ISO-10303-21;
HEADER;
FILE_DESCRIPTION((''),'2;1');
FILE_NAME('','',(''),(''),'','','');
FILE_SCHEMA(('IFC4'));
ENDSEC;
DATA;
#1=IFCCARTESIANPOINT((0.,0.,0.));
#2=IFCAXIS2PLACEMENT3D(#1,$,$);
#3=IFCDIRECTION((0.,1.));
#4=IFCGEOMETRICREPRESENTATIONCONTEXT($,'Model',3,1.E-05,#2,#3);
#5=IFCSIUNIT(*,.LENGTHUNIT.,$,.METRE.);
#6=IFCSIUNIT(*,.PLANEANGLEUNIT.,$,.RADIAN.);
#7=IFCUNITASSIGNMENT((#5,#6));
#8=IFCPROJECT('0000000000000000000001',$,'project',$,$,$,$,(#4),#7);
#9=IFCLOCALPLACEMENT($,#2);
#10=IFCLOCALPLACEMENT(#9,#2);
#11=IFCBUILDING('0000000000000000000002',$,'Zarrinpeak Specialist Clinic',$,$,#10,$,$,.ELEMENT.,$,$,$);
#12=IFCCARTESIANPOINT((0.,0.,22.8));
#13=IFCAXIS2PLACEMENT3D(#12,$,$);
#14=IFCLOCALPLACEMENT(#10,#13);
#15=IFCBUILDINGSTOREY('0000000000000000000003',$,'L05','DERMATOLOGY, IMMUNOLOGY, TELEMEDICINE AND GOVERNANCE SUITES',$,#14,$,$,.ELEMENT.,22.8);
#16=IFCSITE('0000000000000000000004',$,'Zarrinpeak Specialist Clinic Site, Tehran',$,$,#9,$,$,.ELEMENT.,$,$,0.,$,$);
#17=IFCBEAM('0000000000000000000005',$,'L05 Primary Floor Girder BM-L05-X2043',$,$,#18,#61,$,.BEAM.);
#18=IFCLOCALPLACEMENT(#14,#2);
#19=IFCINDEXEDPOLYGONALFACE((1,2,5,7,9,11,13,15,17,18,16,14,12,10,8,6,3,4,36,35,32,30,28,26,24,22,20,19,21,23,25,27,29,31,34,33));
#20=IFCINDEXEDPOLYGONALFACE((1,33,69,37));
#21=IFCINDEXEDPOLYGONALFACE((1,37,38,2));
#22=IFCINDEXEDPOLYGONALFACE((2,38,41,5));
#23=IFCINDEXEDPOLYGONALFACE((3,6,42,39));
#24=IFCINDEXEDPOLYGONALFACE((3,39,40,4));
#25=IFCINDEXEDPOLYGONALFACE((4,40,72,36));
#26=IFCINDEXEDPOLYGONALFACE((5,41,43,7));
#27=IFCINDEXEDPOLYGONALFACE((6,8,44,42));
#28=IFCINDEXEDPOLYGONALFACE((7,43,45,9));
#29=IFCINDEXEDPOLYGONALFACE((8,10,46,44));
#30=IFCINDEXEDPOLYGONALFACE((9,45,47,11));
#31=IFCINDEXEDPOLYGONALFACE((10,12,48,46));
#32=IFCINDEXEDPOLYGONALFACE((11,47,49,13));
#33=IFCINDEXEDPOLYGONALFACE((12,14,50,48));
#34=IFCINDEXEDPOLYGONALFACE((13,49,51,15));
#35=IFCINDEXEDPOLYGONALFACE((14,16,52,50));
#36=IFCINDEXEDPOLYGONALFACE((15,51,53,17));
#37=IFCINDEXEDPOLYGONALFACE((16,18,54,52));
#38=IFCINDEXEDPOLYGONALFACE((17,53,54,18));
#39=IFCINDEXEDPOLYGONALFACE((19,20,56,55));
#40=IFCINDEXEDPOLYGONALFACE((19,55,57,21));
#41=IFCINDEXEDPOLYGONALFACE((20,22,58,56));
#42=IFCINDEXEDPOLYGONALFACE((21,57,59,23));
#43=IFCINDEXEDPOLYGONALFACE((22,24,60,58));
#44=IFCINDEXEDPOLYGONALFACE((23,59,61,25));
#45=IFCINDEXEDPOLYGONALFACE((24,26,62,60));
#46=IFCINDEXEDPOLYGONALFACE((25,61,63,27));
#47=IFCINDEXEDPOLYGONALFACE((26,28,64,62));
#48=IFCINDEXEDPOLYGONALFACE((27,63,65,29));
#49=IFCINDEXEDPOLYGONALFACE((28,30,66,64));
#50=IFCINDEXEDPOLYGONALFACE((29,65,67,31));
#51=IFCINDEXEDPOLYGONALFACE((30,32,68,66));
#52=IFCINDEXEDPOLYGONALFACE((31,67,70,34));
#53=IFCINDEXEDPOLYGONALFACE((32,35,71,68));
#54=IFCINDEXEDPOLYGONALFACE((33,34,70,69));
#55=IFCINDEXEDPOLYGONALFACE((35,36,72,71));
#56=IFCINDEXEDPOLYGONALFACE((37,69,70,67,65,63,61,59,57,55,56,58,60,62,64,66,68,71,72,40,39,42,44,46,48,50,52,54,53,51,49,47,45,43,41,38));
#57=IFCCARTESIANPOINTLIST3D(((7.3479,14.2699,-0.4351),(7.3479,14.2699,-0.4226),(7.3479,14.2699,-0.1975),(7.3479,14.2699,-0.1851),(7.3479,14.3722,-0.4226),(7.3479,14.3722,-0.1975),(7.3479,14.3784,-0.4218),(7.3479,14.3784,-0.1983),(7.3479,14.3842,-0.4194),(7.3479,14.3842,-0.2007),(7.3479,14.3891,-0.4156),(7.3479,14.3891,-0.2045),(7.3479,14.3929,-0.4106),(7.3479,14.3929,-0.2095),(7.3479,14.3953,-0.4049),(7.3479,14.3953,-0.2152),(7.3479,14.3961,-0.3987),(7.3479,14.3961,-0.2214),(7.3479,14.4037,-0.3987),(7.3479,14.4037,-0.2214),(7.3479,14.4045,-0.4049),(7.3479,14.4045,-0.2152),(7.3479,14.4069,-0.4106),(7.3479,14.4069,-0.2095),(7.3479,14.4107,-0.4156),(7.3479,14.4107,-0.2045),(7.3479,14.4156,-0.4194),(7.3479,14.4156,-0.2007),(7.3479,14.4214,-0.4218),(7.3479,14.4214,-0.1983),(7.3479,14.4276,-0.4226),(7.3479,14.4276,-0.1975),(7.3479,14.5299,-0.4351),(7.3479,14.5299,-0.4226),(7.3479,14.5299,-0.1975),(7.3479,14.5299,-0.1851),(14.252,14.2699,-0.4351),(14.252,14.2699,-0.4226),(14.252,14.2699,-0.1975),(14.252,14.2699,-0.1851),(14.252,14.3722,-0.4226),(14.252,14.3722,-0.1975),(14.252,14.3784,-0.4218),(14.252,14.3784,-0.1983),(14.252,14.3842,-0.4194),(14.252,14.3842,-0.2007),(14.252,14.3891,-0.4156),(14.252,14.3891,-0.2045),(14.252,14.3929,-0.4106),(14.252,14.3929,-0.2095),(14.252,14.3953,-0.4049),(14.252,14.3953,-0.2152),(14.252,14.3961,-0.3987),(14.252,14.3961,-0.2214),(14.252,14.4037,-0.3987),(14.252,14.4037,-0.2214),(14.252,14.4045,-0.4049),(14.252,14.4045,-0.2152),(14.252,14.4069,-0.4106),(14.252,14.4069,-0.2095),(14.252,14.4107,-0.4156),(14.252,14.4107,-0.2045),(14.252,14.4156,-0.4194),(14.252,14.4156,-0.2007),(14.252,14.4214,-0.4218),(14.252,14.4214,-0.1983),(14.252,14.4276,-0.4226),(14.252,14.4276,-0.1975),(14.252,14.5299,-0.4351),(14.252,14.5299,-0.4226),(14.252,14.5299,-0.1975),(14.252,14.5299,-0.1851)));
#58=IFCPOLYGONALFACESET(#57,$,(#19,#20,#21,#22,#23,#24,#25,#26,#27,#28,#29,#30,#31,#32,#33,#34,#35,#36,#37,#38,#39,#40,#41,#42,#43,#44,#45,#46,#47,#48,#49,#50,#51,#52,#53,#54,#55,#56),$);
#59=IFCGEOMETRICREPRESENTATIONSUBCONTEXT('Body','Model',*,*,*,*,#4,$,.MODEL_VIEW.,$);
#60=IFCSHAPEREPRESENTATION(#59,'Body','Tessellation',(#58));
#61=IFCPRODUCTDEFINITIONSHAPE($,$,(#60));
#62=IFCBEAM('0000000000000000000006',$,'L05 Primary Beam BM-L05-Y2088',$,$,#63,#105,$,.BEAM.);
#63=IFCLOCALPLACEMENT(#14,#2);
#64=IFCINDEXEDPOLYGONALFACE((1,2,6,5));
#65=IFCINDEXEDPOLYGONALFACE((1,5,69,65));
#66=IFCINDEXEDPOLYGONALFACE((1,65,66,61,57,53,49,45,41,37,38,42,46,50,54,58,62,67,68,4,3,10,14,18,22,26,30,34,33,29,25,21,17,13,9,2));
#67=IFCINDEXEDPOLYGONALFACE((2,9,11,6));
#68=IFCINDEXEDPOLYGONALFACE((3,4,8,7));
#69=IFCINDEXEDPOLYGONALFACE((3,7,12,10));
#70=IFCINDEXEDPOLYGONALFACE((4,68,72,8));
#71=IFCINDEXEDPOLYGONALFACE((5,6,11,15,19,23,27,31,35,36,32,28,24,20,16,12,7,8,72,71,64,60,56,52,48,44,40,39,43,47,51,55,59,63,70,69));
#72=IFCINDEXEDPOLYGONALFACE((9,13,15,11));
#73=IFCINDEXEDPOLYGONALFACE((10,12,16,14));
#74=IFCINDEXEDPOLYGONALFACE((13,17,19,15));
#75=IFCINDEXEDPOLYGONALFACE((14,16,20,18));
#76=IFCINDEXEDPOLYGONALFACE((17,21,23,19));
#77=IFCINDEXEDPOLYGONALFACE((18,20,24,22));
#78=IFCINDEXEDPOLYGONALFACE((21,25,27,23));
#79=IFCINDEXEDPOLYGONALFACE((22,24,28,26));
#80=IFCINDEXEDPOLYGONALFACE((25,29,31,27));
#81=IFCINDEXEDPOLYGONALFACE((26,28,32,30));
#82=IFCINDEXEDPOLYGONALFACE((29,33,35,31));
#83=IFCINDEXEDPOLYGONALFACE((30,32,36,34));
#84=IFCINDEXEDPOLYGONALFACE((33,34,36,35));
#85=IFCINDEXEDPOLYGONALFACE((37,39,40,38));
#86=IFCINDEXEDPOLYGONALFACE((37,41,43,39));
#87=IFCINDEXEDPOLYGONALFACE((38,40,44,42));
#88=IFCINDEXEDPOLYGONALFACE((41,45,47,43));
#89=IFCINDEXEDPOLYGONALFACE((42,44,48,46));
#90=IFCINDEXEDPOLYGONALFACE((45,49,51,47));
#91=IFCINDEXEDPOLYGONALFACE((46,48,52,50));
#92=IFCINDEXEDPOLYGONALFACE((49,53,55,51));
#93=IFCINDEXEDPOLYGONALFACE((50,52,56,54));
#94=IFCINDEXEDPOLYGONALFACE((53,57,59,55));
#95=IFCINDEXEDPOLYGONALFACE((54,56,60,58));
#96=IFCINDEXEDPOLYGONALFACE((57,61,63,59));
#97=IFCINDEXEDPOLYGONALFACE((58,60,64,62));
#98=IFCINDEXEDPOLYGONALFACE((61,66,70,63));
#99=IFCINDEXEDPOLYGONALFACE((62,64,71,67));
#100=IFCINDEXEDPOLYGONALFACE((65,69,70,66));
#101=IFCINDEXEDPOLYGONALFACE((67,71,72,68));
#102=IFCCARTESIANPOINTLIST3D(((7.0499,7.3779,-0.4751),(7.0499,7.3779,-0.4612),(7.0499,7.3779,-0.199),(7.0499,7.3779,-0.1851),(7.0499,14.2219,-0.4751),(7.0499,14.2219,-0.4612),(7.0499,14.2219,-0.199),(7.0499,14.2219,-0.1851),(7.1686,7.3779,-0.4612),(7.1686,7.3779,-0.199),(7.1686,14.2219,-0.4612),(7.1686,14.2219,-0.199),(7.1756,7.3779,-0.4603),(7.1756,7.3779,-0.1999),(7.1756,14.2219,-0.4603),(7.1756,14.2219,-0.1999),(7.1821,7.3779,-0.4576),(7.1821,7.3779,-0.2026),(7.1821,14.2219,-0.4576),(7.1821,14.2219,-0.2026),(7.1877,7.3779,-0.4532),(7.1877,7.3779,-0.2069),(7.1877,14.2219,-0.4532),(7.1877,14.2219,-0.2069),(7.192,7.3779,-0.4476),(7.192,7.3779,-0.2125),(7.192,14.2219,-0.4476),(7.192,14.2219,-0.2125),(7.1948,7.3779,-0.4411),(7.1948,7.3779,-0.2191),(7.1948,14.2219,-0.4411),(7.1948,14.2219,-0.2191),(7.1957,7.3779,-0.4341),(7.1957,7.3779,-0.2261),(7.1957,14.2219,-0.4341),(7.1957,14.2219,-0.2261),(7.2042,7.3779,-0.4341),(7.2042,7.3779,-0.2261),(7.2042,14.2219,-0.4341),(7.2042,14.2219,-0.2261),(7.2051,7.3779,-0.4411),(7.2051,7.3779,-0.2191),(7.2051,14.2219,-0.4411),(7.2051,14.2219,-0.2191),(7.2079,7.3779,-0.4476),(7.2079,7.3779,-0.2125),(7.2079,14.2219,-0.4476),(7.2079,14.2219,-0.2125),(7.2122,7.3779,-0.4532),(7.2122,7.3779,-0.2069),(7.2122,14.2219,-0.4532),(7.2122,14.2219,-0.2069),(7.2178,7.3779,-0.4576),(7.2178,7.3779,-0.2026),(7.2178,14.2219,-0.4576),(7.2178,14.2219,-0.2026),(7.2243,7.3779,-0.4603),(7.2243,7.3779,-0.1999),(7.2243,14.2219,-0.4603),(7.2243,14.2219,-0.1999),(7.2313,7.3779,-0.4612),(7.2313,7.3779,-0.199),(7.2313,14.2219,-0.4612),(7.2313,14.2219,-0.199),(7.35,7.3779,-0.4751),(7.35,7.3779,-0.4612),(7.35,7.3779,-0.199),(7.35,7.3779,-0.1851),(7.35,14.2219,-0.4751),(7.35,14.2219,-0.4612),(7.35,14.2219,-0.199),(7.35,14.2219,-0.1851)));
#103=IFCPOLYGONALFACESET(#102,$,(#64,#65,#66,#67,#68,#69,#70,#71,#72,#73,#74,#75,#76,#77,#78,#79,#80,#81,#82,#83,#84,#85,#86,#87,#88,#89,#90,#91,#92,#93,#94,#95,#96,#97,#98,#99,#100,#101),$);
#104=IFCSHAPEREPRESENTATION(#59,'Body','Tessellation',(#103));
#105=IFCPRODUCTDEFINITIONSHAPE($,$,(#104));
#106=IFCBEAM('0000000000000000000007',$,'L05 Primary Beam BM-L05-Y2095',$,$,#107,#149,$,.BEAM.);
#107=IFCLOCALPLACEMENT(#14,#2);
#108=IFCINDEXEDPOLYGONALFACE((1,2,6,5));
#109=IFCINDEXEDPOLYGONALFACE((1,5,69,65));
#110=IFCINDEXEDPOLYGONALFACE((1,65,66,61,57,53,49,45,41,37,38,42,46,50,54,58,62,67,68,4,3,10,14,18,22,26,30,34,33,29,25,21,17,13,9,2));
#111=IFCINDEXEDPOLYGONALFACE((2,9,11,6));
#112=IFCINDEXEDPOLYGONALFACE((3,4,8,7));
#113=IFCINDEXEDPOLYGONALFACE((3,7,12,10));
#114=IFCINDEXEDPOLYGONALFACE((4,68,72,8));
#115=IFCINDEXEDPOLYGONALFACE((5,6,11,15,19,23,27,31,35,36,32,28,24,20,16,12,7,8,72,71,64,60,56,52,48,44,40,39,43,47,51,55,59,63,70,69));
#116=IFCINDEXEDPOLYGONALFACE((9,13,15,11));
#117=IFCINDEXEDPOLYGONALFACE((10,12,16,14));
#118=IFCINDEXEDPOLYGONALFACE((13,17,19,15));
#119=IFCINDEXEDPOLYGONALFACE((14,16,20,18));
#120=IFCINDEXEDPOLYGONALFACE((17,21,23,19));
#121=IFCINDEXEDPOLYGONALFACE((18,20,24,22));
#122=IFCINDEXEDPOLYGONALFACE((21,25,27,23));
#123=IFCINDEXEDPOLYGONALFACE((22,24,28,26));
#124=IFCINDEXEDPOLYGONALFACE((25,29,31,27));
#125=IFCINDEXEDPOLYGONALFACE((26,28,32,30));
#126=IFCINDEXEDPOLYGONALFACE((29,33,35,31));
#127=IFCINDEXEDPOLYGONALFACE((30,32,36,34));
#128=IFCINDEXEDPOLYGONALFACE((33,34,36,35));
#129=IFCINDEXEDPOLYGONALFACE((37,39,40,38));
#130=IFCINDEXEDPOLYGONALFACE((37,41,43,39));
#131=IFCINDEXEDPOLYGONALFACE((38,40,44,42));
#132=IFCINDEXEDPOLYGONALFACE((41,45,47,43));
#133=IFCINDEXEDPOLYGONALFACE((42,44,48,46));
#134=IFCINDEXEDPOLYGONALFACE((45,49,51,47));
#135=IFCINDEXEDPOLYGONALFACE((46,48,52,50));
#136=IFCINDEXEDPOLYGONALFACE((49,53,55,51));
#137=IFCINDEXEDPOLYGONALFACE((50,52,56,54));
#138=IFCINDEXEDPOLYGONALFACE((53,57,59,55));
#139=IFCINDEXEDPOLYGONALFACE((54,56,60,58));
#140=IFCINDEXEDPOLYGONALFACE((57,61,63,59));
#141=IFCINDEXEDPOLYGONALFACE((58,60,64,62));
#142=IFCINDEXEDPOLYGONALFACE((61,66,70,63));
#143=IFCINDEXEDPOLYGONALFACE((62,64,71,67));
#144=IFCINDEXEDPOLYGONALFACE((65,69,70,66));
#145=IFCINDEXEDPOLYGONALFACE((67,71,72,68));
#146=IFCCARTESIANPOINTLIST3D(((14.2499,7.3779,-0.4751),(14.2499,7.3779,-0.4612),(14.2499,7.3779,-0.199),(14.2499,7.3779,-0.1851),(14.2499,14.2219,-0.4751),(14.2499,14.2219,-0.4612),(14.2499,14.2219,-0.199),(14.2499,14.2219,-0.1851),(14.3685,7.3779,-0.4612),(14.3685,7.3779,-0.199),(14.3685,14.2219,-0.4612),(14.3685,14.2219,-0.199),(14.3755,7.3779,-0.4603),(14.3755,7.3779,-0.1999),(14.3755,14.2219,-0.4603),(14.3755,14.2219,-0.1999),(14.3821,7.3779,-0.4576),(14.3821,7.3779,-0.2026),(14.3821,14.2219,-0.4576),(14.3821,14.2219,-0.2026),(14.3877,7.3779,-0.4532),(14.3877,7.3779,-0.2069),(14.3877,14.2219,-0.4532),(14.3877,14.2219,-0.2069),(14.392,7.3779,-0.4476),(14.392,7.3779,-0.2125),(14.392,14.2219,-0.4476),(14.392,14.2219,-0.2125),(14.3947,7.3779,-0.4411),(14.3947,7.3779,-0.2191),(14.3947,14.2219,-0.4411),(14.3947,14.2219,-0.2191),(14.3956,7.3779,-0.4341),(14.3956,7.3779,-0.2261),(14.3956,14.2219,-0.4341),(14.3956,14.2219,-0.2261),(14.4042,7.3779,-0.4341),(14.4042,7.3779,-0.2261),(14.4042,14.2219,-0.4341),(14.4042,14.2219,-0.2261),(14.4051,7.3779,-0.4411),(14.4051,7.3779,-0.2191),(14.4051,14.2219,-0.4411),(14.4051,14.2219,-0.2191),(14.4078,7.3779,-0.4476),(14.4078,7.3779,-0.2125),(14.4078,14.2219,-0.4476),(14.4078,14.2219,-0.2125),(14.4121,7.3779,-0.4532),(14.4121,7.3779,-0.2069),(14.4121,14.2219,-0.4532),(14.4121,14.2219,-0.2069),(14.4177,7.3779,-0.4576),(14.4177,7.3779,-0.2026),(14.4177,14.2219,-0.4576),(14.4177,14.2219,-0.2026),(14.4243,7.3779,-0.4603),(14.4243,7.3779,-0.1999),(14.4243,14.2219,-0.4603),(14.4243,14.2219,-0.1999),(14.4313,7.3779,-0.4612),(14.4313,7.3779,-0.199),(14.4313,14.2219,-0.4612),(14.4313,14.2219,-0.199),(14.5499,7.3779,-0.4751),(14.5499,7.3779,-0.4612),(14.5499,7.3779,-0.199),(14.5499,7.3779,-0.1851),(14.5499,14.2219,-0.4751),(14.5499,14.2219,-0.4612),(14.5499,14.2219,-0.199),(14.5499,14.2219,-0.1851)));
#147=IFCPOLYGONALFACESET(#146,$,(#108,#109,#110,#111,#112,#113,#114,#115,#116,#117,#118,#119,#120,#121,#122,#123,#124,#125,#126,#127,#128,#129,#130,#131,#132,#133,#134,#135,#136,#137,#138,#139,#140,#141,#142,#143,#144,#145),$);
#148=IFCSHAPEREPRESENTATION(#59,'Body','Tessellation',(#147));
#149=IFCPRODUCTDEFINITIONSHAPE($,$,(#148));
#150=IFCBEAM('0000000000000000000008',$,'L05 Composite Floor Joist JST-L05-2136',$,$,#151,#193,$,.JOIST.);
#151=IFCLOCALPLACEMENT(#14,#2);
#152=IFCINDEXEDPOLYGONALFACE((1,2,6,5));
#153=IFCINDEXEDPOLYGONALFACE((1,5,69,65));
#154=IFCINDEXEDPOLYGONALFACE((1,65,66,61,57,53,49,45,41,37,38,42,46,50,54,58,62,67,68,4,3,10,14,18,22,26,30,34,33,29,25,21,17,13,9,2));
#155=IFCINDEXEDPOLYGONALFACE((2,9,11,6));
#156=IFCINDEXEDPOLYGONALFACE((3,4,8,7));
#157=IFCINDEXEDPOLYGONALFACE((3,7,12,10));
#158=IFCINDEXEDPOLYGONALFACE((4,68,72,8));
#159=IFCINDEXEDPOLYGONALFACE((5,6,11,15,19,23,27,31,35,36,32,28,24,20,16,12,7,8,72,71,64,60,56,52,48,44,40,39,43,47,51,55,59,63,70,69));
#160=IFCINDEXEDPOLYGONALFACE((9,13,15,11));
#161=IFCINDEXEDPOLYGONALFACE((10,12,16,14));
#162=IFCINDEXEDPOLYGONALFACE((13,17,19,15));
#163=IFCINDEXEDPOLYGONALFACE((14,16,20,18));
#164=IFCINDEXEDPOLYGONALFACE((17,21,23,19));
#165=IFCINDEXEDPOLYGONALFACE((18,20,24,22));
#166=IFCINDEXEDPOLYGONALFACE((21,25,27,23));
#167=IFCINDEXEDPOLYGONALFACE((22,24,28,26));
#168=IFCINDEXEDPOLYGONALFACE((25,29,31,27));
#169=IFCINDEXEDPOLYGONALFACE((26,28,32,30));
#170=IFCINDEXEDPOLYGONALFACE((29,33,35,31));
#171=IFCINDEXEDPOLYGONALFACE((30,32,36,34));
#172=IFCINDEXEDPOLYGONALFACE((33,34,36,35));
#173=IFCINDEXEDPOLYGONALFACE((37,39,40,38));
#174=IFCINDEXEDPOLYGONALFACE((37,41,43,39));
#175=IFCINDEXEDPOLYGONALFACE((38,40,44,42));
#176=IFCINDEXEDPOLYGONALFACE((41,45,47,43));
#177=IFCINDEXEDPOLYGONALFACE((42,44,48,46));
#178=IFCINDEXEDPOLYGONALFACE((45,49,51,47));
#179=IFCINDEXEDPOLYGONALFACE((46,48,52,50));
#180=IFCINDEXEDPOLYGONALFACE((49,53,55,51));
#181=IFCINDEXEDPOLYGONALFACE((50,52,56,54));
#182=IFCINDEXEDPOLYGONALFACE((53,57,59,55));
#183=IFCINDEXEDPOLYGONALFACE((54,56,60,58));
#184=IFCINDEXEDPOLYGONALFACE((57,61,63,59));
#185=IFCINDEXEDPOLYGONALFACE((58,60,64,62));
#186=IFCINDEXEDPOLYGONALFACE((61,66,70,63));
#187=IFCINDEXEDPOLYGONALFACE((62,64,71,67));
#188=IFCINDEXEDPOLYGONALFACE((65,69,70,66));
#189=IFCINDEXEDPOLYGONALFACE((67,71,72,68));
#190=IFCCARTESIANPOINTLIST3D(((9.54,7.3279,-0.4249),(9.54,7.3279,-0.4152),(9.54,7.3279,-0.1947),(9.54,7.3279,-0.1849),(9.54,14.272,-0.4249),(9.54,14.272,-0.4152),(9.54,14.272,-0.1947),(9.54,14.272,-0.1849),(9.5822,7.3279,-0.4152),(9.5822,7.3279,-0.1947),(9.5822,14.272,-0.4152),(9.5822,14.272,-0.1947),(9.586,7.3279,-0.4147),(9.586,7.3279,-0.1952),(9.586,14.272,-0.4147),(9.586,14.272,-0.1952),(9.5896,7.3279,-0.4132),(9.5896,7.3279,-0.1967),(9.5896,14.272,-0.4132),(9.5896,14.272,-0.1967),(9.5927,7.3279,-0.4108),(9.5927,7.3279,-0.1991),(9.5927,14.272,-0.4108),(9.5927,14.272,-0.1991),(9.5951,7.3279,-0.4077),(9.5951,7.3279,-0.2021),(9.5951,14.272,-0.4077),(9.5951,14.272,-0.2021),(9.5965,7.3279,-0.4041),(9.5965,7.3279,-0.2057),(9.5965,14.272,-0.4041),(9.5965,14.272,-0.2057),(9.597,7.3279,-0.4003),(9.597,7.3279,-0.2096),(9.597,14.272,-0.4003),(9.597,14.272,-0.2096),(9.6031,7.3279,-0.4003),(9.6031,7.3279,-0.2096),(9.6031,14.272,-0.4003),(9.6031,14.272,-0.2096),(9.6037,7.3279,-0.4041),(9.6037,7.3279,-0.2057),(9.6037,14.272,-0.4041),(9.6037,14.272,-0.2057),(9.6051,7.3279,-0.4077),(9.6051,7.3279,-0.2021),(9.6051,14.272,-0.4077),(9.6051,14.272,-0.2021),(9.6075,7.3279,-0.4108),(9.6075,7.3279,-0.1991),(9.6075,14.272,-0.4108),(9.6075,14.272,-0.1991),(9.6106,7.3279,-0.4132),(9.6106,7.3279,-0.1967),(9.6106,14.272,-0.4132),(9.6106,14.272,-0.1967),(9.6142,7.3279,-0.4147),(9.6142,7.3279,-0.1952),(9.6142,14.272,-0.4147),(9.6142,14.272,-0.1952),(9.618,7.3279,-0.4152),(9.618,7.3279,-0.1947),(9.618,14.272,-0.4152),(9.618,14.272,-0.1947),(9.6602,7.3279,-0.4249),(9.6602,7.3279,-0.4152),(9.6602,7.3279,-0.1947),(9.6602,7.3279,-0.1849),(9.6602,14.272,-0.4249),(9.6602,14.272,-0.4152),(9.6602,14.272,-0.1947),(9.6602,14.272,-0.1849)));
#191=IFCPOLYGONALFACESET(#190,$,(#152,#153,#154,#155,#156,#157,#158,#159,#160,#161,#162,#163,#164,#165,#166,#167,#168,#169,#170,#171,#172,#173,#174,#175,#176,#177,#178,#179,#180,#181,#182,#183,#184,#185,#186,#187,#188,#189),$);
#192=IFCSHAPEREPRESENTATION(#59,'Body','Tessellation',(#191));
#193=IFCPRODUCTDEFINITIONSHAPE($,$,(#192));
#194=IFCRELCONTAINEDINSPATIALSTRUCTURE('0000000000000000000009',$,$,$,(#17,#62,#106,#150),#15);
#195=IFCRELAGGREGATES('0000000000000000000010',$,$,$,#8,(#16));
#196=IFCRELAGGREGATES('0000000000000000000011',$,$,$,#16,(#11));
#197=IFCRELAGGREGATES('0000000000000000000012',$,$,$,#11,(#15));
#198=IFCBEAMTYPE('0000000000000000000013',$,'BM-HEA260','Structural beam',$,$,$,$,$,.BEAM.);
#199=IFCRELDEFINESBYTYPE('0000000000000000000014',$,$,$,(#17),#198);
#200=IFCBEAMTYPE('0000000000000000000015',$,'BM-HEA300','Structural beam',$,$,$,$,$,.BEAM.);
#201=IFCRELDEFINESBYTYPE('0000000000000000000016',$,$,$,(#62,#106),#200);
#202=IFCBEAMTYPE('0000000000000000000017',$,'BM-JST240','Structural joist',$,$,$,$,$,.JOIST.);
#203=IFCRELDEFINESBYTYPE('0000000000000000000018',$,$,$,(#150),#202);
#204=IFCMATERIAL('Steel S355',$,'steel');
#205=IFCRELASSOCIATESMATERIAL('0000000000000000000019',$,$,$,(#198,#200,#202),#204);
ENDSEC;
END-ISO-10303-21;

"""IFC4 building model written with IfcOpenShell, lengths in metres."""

from ifc_helpers import new_model, si_unit, direction, frame, origin, origin_2d, place, context, subcontext, project, spatial, i_section, extrude, material, material_profile, profile_set, type_object, element, save


model = new_model("IFC4")

# Units and contexts
model_context = context("Model", 3, precision=1e-05, world=origin(), true_north=direction((0.0, 1.0)))
body_context = subcontext(model_context, "Body", "Model", "MODEL_VIEW")
ifc_project = project(units=[si_unit("LENGTHUNIT", "METRE"), si_unit("PLANEANGLEUNIT", "RADIAN")], contexts=[model_context])

# Site, building, storey
site_placement = place(None, origin())
site = spatial("IfcSite", under=ifc_project, at=site_placement, Name="Zarrinpeak Specialist Clinic Site, Tehran", CompositionType="ELEMENT", RefElevation=0.0)
building_placement = place(site_placement, origin())
building = spatial("IfcBuilding", under=site, at=building_placement, Name="Zarrinpeak Specialist Clinic", CompositionType="ELEMENT")
storey_placement = place(building_placement, frame((0.0, 0.0, 22.8)))
storey = spatial("IfcBuildingStorey", under=building, at=storey_placement, Name="L05", Description="DERMATOLOGY, IMMUNOLOGY, TELEMEDICINE AND GOVERNANCE SUITES", CompositionType="ELEMENT", Elevation=22.8)

# Shared definitions
ifc_material_1 = material(Name="Steel S355", Category="steel")

# Beams
ifc_material_profile_1 = material_profile(ifc_material_1, i_section(OverallWidth=0.26, OverallDepth=0.25, WebThickness=0.0076, FlangeThickness=0.0125, FilletRadius=0.0239, at=origin_2d()), Name="HEA 260")
ifc_profile_set_1 = profile_set([ifc_material_profile_1], Name="Steel S355")
beam_type_1 = type_object("IfcBeamType", Name="BM-HEA260", Description="Structural beam", PredefinedType="BEAM", material=ifc_profile_set_1)
for number, where, z_axis, x_axis, name in (
    (1, (7.3479, 14.3999, -0.3101), (1.0, 0.0, 0.0), (0.0, 1.0, 0.0), "L05 Primary Floor Girder BM-L05-X2043"),
):
    element("IfcBeam", number, at=place(storey_placement, frame(where, z_axis=z_axis, x_axis=x_axis)), inside=storey, type_object=beam_type_1, Name=name, PredefinedType="BEAM", context=body_context, shape_type="SweptSolid", body=[
        extrude(i_section(OverallWidth=0.26, OverallDepth=0.25, WebThickness=0.0076, FlangeThickness=0.0125, FilletRadius=0.0239, at=origin_2d()), origin(), (0.0, 0.0, 1.0), 6.9041),
    ])
ifc_material_profile_2 = material_profile(ifc_material_1, i_section(OverallWidth=0.3, OverallDepth=0.29, WebThickness=0.0085, FlangeThickness=0.0139, FilletRadius=0.0271, at=origin_2d()), Name="HEA 300")
ifc_profile_set_2 = profile_set([ifc_material_profile_2], Name="Steel S355")
beam_type_2 = type_object("IfcBeamType", Name="BM-HEA300", Description="Structural beam", PredefinedType="BEAM", material=ifc_profile_set_2)
for number, where, z_axis, x_axis, name in (
    (2, (7.2, 7.3779, -0.3301), (0.0, 1.0, 0.0), (-1.0, 0.0, 0.0), "L05 Primary Beam BM-L05-Y2088"),
    (3, (14.3999, 7.3779, -0.3301), (0.0, 1.0, 0.0), (-1.0, 0.0, 0.0), "L05 Primary Beam BM-L05-Y2095"),
):
    element("IfcBeam", number, at=place(storey_placement, frame(where, z_axis=z_axis, x_axis=x_axis)), inside=storey, type_object=beam_type_2, Name=name, PredefinedType="BEAM", context=body_context, shape_type="SweptSolid", body=[
        extrude(i_section(OverallWidth=0.3, OverallDepth=0.29, WebThickness=0.0085, FlangeThickness=0.0139, FilletRadius=0.0271, at=origin_2d()), origin(), (0.0, 0.0, 1.0), 6.844),
    ])
ifc_material_profile_3 = material_profile(ifc_material_1, i_section(OverallWidth=0.1201, OverallDepth=0.24, WebThickness=0.0061, FlangeThickness=0.0098, FilletRadius=0.0149, at=origin_2d()), Name="IPE 240")
ifc_profile_set_3 = profile_set([ifc_material_profile_3], Name="Steel S355")
beam_type_3 = type_object("IfcBeamType", Name="BM-JST240", Description="Structural joist", PredefinedType="JOIST", material=ifc_profile_set_3)
for number, where, z_axis, x_axis, name in (
    (4, (9.6001, 7.3279, -0.3049), (0.0, 1.0, 0.0), (-1.0, 0.0, 0.0), "L05 Composite Floor Joist JST-L05-2136"),
):
    element("IfcBeam", number, at=place(storey_placement, frame(where, z_axis=z_axis, x_axis=x_axis)), inside=storey, type_object=beam_type_3, Name=name, PredefinedType="JOIST", context=body_context, shape_type="SweptSolid", body=[
        extrude(i_section(OverallWidth=0.1201, OverallDepth=0.24, WebThickness=0.0061, FlangeThickness=0.0098, FilletRadius=0.0149, at=origin_2d()), origin(), (0.0, 0.0, 1.0), 6.9441),
    ])

save(model, "model.ifc")
